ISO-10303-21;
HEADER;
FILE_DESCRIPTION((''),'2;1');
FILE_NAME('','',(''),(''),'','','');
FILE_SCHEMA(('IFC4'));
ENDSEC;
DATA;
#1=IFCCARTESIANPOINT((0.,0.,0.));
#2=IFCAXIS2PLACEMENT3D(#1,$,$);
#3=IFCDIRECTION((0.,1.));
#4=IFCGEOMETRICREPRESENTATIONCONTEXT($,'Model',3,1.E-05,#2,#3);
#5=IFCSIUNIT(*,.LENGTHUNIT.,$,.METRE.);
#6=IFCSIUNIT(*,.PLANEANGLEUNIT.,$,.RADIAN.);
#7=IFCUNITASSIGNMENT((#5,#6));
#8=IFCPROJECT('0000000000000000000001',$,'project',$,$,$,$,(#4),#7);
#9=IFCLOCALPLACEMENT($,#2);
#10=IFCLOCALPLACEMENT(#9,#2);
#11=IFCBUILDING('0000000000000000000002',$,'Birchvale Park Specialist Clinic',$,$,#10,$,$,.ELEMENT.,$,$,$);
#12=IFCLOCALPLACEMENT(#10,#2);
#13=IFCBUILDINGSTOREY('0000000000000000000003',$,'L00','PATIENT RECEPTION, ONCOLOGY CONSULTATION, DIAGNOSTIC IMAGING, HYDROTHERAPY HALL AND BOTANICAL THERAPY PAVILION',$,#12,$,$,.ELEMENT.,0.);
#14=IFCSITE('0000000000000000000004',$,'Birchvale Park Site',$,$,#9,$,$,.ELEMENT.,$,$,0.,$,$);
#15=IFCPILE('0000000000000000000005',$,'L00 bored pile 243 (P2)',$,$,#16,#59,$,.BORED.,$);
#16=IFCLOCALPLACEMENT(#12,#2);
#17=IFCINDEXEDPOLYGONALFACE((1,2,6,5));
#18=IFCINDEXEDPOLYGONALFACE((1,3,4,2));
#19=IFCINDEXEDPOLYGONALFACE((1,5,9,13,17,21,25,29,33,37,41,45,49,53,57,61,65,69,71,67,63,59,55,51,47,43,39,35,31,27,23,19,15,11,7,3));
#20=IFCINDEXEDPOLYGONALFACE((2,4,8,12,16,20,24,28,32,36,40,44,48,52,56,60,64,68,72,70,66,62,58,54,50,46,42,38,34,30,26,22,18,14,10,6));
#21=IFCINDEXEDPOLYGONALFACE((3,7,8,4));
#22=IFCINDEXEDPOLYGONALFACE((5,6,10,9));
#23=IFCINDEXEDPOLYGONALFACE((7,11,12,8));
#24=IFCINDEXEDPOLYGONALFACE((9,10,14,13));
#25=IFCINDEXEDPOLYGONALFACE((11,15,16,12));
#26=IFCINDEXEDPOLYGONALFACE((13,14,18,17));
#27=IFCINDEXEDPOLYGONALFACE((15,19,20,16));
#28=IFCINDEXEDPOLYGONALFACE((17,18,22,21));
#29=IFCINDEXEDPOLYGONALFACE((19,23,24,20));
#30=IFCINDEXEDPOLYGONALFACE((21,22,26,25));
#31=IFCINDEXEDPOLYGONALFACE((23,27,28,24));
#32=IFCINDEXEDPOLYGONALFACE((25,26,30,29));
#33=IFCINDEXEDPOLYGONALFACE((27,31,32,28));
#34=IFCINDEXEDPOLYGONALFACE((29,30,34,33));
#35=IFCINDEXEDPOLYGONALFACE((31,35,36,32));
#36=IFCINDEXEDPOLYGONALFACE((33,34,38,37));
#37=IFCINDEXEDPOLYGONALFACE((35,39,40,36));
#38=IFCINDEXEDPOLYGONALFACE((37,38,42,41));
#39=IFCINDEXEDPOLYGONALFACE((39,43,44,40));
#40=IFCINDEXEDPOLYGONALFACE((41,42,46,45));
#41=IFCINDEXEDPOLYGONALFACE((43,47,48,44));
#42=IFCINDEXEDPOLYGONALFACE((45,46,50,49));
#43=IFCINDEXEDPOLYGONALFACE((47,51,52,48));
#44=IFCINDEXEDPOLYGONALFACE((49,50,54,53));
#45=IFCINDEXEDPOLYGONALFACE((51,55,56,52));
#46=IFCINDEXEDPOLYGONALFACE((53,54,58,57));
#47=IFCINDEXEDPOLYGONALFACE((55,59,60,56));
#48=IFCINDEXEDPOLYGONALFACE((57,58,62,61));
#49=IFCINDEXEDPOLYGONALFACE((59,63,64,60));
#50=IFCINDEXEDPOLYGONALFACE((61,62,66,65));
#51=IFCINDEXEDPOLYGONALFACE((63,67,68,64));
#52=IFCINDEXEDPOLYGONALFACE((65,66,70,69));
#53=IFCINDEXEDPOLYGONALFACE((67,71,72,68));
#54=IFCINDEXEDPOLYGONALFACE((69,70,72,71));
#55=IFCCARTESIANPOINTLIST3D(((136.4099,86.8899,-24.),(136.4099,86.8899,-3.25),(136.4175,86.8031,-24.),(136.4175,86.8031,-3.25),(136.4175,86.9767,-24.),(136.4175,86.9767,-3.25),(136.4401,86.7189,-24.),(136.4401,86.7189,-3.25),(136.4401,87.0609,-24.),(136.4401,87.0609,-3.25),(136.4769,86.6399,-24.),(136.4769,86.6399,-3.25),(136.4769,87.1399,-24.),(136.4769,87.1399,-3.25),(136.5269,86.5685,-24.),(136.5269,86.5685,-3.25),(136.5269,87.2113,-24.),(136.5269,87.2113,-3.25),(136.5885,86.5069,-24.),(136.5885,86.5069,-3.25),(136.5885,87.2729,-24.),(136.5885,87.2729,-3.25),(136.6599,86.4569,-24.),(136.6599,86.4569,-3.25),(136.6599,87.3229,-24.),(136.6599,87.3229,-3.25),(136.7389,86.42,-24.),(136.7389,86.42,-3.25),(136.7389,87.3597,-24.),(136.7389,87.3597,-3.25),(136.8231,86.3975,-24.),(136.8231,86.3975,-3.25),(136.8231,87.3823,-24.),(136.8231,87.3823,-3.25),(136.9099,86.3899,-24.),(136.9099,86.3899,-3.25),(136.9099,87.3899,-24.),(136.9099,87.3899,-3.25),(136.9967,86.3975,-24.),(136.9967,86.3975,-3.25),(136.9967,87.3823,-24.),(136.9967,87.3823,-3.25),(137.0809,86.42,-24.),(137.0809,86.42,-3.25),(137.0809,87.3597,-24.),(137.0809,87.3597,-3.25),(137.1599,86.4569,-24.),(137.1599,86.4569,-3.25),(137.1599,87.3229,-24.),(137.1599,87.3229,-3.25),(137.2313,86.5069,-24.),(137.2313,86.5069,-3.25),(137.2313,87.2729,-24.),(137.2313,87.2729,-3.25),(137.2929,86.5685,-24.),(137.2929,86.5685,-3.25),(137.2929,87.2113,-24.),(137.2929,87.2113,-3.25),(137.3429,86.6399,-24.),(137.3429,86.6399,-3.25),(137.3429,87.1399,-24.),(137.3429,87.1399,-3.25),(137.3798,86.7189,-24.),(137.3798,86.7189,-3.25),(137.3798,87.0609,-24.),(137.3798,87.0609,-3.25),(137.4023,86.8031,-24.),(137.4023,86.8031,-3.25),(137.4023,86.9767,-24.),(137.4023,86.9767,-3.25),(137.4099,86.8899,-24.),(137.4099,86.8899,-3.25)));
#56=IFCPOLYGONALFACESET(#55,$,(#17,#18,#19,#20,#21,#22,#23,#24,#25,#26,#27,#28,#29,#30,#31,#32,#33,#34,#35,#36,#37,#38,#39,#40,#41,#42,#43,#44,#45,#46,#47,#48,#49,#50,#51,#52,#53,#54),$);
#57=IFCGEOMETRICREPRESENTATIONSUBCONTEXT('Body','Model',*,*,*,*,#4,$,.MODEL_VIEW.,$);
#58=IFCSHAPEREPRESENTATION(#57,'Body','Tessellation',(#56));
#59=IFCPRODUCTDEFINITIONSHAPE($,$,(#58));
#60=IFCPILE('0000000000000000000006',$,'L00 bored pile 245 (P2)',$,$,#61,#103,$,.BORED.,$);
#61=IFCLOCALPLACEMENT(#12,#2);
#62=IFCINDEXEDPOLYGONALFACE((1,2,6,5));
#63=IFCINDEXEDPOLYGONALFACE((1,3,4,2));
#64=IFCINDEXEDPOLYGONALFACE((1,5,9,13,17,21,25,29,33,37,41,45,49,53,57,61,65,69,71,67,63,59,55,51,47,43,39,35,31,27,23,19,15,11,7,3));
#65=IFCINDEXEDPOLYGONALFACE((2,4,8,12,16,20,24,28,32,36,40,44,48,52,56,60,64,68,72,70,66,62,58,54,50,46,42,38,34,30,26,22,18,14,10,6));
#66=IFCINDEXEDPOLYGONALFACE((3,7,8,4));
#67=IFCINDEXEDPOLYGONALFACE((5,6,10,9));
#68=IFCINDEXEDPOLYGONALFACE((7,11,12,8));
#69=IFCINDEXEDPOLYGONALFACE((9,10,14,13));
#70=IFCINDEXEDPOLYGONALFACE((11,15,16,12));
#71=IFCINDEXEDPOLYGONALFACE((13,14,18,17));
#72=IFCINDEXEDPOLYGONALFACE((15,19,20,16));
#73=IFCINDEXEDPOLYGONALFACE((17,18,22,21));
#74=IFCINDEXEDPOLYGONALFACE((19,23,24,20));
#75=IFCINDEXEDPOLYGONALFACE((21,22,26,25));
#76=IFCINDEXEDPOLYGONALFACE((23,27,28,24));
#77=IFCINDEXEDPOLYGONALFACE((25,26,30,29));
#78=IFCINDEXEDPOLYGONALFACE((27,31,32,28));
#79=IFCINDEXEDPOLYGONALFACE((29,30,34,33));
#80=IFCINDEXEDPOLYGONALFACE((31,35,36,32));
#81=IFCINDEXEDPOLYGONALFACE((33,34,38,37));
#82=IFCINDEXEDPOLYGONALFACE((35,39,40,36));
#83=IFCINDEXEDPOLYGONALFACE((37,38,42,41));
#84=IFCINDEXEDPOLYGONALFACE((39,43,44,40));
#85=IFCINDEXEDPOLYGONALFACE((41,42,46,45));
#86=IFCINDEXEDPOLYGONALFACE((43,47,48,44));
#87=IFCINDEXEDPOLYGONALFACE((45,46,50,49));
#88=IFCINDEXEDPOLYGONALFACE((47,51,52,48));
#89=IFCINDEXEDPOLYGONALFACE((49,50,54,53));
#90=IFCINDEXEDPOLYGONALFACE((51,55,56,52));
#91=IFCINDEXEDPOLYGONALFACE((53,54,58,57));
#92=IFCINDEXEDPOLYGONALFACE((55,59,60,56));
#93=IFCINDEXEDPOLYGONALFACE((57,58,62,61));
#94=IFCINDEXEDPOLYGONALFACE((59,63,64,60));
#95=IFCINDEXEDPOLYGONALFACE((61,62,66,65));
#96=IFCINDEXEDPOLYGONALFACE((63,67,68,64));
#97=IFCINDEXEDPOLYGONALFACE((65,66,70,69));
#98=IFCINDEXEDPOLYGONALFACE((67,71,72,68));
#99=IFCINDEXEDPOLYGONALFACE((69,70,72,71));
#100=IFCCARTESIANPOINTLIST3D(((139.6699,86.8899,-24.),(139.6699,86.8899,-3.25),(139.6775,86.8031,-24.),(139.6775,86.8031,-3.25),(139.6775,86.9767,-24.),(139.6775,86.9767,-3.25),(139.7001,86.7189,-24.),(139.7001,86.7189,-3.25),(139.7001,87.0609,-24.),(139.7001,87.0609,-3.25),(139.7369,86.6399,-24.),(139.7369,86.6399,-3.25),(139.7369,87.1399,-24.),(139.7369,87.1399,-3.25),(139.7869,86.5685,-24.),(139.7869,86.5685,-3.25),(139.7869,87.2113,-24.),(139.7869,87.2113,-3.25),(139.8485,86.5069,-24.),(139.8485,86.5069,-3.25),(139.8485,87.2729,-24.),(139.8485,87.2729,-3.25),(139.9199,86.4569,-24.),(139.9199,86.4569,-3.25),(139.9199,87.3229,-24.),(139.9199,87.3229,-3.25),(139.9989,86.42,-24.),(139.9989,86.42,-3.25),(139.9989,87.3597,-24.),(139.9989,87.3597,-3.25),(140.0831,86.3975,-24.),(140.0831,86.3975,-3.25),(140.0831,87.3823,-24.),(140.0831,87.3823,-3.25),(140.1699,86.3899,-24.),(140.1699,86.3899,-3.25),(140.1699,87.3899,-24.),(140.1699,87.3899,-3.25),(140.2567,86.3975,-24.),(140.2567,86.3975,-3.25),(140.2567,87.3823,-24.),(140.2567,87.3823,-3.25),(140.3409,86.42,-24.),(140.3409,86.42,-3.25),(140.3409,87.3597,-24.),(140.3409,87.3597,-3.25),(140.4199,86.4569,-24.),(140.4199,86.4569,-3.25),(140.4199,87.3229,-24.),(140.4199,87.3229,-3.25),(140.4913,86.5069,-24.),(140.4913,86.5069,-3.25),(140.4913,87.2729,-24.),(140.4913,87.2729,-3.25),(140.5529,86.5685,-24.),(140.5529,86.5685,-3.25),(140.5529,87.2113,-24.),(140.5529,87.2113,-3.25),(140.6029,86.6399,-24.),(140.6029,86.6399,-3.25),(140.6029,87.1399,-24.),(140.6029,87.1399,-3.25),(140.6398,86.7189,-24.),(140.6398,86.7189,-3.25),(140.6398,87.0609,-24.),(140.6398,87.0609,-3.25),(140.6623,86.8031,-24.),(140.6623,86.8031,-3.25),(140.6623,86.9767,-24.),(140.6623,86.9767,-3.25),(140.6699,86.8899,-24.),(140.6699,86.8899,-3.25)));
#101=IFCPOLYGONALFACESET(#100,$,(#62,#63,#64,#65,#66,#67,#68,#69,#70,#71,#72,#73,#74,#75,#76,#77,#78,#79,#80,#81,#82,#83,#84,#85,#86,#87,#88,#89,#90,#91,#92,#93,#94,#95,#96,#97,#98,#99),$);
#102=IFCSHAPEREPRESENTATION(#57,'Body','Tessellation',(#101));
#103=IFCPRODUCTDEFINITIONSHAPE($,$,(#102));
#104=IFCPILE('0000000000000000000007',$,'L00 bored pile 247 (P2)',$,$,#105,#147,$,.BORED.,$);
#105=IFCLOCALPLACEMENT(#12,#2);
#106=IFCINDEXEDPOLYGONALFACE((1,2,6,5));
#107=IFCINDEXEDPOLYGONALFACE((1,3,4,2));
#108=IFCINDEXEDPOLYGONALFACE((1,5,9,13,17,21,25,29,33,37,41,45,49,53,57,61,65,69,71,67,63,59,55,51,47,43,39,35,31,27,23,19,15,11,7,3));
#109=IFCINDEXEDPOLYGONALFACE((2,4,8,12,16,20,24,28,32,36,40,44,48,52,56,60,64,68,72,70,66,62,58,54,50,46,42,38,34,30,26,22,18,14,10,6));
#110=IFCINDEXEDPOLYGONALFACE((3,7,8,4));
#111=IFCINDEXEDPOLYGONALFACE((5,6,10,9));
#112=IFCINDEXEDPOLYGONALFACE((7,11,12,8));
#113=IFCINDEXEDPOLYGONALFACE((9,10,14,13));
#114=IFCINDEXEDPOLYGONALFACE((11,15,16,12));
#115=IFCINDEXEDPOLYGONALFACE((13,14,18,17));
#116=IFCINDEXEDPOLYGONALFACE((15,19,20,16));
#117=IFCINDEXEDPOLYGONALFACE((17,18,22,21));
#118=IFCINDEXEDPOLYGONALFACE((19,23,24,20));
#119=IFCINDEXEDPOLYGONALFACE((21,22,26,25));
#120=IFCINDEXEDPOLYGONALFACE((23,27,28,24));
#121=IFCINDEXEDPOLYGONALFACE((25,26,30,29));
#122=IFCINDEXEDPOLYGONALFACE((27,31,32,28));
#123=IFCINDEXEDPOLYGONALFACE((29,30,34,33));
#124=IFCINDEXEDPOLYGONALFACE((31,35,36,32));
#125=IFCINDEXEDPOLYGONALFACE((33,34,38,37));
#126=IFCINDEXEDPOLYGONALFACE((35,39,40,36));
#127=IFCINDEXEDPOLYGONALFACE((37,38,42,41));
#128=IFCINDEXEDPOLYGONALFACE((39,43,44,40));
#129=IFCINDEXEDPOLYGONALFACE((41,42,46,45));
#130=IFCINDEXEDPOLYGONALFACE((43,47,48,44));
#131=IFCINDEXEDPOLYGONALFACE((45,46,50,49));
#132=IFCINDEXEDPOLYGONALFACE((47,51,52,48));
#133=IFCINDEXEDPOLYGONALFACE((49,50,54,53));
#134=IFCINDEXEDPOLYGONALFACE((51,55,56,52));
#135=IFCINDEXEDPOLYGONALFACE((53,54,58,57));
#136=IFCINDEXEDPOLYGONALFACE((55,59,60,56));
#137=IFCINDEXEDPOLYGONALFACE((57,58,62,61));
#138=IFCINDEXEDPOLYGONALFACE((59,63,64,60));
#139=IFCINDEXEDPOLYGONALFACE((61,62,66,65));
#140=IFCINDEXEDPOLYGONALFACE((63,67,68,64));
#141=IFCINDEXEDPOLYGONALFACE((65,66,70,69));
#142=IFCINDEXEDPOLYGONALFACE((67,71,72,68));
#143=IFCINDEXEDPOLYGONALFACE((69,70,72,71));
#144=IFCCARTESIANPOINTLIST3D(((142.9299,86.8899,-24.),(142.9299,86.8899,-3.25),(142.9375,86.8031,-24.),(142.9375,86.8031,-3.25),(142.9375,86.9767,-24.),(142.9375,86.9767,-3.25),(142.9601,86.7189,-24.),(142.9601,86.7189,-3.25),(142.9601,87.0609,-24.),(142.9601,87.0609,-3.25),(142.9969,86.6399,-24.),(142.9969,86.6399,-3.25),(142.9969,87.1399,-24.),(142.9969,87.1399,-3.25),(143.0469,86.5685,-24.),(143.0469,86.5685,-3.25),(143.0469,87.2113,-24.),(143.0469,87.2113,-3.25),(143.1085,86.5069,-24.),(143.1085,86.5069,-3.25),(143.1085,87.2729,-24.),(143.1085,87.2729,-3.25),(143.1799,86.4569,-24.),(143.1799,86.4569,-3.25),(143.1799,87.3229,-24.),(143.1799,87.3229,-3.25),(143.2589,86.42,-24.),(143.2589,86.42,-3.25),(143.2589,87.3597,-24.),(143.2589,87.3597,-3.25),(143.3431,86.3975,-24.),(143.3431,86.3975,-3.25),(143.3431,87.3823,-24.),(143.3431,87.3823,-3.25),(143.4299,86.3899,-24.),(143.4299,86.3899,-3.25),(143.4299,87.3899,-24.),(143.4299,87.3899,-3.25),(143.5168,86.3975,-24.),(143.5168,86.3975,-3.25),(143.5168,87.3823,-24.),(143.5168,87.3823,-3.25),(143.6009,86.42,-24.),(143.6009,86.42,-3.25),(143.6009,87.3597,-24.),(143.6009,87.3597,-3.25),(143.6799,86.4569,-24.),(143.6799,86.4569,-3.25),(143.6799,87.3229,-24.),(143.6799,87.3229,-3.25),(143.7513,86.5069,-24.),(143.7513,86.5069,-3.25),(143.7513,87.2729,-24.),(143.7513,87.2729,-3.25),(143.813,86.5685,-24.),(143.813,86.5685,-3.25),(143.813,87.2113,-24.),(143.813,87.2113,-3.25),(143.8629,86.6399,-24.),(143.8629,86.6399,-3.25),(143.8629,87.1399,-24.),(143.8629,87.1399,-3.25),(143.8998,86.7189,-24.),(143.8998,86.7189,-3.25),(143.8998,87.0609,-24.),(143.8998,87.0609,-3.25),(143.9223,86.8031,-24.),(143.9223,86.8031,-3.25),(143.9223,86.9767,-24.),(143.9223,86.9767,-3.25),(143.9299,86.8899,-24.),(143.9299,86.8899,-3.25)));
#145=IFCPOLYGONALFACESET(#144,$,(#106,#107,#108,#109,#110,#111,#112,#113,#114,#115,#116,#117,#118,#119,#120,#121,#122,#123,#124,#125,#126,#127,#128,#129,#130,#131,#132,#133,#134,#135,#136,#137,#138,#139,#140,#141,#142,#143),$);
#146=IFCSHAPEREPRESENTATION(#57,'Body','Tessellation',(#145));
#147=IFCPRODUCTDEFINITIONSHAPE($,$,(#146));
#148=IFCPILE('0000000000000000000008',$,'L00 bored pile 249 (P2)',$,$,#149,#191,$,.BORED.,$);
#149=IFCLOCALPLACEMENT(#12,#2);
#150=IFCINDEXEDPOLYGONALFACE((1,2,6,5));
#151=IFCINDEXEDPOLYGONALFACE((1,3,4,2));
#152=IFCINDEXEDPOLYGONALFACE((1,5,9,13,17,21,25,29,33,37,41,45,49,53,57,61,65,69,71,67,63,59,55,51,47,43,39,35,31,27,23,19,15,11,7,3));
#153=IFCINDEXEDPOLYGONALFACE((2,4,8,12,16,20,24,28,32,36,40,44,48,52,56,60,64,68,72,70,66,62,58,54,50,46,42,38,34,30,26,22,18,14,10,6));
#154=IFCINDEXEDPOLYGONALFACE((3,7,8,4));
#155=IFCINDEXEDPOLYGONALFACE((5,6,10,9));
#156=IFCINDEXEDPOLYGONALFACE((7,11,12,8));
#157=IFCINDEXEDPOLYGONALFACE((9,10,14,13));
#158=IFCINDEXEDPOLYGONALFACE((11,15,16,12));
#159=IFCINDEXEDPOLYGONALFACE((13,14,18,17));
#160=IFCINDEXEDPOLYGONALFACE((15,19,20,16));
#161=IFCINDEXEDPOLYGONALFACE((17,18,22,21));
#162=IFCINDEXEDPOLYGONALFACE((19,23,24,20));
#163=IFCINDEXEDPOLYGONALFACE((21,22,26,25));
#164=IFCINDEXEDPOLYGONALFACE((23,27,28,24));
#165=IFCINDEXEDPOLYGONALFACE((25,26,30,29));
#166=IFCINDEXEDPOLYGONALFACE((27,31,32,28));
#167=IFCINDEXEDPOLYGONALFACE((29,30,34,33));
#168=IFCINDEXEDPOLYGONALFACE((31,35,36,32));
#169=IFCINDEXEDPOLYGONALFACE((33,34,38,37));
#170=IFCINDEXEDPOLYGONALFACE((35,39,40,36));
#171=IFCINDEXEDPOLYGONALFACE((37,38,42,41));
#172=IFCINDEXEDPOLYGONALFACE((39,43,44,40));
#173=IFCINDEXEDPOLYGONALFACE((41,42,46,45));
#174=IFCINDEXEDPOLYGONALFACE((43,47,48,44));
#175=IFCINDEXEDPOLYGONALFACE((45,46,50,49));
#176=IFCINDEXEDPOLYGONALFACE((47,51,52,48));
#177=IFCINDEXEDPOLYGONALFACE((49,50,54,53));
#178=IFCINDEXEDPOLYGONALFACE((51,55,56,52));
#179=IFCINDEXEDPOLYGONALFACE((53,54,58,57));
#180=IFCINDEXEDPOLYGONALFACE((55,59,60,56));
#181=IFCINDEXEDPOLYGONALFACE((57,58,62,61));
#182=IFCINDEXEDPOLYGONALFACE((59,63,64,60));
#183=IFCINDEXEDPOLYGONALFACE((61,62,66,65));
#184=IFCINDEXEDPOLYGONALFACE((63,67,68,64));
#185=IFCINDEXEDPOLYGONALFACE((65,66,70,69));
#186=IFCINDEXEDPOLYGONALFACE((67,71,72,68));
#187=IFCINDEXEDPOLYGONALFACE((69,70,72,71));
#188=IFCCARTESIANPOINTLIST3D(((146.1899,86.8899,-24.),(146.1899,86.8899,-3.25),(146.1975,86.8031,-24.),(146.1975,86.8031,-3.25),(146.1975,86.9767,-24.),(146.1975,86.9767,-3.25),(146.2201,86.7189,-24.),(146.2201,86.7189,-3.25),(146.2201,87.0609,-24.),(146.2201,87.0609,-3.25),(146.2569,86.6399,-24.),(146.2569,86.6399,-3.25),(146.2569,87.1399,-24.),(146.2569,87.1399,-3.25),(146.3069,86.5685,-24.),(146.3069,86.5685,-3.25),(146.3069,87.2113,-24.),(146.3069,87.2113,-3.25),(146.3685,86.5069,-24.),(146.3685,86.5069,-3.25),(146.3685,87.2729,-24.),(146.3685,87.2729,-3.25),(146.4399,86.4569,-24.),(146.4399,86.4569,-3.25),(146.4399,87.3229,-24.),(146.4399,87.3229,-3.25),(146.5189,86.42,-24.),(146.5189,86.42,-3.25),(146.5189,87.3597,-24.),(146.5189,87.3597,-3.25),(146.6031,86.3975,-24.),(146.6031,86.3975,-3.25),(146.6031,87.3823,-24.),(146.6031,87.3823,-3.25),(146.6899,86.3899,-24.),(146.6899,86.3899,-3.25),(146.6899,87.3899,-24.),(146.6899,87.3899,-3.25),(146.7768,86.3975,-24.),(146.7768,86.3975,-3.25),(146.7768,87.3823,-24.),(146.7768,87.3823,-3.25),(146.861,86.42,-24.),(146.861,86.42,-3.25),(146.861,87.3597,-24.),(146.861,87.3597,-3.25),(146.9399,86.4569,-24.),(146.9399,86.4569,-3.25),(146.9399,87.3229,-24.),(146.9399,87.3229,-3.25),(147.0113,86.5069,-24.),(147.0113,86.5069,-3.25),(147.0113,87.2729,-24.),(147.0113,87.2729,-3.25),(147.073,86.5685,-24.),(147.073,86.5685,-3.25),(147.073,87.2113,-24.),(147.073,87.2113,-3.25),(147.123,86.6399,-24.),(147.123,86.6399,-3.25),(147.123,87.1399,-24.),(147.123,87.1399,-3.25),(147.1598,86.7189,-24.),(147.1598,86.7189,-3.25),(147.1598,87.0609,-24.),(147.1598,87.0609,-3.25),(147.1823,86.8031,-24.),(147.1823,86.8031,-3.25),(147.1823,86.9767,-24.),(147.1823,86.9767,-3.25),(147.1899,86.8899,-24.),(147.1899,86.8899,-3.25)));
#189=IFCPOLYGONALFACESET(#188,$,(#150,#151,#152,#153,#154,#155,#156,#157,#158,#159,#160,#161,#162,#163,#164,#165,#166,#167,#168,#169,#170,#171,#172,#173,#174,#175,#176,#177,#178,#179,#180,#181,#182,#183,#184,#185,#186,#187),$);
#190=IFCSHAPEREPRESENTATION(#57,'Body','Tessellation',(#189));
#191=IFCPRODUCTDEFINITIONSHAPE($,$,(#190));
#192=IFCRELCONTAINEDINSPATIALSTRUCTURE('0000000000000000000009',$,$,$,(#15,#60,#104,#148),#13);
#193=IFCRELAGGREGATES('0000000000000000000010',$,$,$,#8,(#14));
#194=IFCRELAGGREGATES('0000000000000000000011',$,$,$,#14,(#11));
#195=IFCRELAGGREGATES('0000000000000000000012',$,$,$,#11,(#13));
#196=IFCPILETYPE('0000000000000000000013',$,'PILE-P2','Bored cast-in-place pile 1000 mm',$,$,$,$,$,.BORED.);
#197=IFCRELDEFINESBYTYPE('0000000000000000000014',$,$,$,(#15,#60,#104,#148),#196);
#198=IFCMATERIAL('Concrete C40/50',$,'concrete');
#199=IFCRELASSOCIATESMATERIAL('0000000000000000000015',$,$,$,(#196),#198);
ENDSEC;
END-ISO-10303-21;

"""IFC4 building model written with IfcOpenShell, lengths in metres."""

from ifc_helpers import new_model, si_unit, direction, frame, origin, origin_2d, place, context, subcontext, project, spatial, circle, extrude, material, material_profile, profile_set, type_object, element, save


model = new_model("IFC4")

# Units and contexts
model_context = context("Model", 3, precision=1e-05, world=origin(), true_north=direction((0.0, 1.0)))
body_context = subcontext(model_context, "Body", "Model", "MODEL_VIEW")
ifc_project = project(units=[si_unit("LENGTHUNIT", "METRE"), si_unit("PLANEANGLEUNIT", "RADIAN")], contexts=[model_context])

# Site, building, storey
site_placement = place(None, origin())
site = spatial("IfcSite", under=ifc_project, at=site_placement, Name="Birchvale Park Site", CompositionType="ELEMENT", RefElevation=0.0)
building_placement = place(site_placement, origin())
building = spatial("IfcBuilding", under=site, at=building_placement, Name="Birchvale Park Specialist Clinic", CompositionType="ELEMENT")
storey_placement = place(building_placement, origin())
storey = spatial("IfcBuildingStorey", under=building, at=storey_placement, Name="L00", Description="PATIENT RECEPTION, ONCOLOGY CONSULTATION, DIAGNOSTIC IMAGING, HYDROTHERAPY HALL AND BOTANICAL THERAPY PAVILION", CompositionType="ELEMENT", Elevation=0.0)

# Shared definitions
ifc_material_1 = material(Name="Concrete C40/50", Category="concrete")

# Piles
ifc_material_profile_1 = material_profile(ifc_material_1, circle(Radius=0.5, at=origin_2d()), Name="PILE-1000")
ifc_profile_set_1 = profile_set([ifc_material_profile_1], Name="Concrete C40/50")
pile_type_1 = type_object("IfcPileType", Name="PILE-P2", Description="Bored cast-in-place pile 1000 mm", PredefinedType="BORED", material=ifc_profile_set_1)
for number, where, z_axis, x_axis, name in (
    (1, (136.9099, 86.8899, -3.25), (0.0, 0.0, -1.0), (1.0, 0.0, 0.0), "L00 bored pile 243 (P2)"),
    (2, (140.1699, 86.8899, -3.25), (0.0, 0.0, -1.0), (1.0, 0.0, 0.0), "L00 bored pile 245 (P2)"),
    (3, (143.4299, 86.8899, -3.25), (0.0, 0.0, -1.0), (1.0, 0.0, 0.0), "L00 bored pile 247 (P2)"),
    (4, (146.6899, 86.8899, -3.25), (0.0, 0.0, -1.0), (1.0, 0.0, 0.0), "L00 bored pile 249 (P2)"),
):
    element("IfcPile", number, at=place(storey_placement, frame(where, z_axis=z_axis, x_axis=x_axis)), inside=storey, type_object=pile_type_1, Name=name, PredefinedType="BORED", context=body_context, shape_type="SweptSolid", body=[
        extrude(circle(Radius=0.5, at=origin_2d()), origin(), (0.0, 0.0, 1.0), 20.75),
    ])

save(model, "model.ifc")
